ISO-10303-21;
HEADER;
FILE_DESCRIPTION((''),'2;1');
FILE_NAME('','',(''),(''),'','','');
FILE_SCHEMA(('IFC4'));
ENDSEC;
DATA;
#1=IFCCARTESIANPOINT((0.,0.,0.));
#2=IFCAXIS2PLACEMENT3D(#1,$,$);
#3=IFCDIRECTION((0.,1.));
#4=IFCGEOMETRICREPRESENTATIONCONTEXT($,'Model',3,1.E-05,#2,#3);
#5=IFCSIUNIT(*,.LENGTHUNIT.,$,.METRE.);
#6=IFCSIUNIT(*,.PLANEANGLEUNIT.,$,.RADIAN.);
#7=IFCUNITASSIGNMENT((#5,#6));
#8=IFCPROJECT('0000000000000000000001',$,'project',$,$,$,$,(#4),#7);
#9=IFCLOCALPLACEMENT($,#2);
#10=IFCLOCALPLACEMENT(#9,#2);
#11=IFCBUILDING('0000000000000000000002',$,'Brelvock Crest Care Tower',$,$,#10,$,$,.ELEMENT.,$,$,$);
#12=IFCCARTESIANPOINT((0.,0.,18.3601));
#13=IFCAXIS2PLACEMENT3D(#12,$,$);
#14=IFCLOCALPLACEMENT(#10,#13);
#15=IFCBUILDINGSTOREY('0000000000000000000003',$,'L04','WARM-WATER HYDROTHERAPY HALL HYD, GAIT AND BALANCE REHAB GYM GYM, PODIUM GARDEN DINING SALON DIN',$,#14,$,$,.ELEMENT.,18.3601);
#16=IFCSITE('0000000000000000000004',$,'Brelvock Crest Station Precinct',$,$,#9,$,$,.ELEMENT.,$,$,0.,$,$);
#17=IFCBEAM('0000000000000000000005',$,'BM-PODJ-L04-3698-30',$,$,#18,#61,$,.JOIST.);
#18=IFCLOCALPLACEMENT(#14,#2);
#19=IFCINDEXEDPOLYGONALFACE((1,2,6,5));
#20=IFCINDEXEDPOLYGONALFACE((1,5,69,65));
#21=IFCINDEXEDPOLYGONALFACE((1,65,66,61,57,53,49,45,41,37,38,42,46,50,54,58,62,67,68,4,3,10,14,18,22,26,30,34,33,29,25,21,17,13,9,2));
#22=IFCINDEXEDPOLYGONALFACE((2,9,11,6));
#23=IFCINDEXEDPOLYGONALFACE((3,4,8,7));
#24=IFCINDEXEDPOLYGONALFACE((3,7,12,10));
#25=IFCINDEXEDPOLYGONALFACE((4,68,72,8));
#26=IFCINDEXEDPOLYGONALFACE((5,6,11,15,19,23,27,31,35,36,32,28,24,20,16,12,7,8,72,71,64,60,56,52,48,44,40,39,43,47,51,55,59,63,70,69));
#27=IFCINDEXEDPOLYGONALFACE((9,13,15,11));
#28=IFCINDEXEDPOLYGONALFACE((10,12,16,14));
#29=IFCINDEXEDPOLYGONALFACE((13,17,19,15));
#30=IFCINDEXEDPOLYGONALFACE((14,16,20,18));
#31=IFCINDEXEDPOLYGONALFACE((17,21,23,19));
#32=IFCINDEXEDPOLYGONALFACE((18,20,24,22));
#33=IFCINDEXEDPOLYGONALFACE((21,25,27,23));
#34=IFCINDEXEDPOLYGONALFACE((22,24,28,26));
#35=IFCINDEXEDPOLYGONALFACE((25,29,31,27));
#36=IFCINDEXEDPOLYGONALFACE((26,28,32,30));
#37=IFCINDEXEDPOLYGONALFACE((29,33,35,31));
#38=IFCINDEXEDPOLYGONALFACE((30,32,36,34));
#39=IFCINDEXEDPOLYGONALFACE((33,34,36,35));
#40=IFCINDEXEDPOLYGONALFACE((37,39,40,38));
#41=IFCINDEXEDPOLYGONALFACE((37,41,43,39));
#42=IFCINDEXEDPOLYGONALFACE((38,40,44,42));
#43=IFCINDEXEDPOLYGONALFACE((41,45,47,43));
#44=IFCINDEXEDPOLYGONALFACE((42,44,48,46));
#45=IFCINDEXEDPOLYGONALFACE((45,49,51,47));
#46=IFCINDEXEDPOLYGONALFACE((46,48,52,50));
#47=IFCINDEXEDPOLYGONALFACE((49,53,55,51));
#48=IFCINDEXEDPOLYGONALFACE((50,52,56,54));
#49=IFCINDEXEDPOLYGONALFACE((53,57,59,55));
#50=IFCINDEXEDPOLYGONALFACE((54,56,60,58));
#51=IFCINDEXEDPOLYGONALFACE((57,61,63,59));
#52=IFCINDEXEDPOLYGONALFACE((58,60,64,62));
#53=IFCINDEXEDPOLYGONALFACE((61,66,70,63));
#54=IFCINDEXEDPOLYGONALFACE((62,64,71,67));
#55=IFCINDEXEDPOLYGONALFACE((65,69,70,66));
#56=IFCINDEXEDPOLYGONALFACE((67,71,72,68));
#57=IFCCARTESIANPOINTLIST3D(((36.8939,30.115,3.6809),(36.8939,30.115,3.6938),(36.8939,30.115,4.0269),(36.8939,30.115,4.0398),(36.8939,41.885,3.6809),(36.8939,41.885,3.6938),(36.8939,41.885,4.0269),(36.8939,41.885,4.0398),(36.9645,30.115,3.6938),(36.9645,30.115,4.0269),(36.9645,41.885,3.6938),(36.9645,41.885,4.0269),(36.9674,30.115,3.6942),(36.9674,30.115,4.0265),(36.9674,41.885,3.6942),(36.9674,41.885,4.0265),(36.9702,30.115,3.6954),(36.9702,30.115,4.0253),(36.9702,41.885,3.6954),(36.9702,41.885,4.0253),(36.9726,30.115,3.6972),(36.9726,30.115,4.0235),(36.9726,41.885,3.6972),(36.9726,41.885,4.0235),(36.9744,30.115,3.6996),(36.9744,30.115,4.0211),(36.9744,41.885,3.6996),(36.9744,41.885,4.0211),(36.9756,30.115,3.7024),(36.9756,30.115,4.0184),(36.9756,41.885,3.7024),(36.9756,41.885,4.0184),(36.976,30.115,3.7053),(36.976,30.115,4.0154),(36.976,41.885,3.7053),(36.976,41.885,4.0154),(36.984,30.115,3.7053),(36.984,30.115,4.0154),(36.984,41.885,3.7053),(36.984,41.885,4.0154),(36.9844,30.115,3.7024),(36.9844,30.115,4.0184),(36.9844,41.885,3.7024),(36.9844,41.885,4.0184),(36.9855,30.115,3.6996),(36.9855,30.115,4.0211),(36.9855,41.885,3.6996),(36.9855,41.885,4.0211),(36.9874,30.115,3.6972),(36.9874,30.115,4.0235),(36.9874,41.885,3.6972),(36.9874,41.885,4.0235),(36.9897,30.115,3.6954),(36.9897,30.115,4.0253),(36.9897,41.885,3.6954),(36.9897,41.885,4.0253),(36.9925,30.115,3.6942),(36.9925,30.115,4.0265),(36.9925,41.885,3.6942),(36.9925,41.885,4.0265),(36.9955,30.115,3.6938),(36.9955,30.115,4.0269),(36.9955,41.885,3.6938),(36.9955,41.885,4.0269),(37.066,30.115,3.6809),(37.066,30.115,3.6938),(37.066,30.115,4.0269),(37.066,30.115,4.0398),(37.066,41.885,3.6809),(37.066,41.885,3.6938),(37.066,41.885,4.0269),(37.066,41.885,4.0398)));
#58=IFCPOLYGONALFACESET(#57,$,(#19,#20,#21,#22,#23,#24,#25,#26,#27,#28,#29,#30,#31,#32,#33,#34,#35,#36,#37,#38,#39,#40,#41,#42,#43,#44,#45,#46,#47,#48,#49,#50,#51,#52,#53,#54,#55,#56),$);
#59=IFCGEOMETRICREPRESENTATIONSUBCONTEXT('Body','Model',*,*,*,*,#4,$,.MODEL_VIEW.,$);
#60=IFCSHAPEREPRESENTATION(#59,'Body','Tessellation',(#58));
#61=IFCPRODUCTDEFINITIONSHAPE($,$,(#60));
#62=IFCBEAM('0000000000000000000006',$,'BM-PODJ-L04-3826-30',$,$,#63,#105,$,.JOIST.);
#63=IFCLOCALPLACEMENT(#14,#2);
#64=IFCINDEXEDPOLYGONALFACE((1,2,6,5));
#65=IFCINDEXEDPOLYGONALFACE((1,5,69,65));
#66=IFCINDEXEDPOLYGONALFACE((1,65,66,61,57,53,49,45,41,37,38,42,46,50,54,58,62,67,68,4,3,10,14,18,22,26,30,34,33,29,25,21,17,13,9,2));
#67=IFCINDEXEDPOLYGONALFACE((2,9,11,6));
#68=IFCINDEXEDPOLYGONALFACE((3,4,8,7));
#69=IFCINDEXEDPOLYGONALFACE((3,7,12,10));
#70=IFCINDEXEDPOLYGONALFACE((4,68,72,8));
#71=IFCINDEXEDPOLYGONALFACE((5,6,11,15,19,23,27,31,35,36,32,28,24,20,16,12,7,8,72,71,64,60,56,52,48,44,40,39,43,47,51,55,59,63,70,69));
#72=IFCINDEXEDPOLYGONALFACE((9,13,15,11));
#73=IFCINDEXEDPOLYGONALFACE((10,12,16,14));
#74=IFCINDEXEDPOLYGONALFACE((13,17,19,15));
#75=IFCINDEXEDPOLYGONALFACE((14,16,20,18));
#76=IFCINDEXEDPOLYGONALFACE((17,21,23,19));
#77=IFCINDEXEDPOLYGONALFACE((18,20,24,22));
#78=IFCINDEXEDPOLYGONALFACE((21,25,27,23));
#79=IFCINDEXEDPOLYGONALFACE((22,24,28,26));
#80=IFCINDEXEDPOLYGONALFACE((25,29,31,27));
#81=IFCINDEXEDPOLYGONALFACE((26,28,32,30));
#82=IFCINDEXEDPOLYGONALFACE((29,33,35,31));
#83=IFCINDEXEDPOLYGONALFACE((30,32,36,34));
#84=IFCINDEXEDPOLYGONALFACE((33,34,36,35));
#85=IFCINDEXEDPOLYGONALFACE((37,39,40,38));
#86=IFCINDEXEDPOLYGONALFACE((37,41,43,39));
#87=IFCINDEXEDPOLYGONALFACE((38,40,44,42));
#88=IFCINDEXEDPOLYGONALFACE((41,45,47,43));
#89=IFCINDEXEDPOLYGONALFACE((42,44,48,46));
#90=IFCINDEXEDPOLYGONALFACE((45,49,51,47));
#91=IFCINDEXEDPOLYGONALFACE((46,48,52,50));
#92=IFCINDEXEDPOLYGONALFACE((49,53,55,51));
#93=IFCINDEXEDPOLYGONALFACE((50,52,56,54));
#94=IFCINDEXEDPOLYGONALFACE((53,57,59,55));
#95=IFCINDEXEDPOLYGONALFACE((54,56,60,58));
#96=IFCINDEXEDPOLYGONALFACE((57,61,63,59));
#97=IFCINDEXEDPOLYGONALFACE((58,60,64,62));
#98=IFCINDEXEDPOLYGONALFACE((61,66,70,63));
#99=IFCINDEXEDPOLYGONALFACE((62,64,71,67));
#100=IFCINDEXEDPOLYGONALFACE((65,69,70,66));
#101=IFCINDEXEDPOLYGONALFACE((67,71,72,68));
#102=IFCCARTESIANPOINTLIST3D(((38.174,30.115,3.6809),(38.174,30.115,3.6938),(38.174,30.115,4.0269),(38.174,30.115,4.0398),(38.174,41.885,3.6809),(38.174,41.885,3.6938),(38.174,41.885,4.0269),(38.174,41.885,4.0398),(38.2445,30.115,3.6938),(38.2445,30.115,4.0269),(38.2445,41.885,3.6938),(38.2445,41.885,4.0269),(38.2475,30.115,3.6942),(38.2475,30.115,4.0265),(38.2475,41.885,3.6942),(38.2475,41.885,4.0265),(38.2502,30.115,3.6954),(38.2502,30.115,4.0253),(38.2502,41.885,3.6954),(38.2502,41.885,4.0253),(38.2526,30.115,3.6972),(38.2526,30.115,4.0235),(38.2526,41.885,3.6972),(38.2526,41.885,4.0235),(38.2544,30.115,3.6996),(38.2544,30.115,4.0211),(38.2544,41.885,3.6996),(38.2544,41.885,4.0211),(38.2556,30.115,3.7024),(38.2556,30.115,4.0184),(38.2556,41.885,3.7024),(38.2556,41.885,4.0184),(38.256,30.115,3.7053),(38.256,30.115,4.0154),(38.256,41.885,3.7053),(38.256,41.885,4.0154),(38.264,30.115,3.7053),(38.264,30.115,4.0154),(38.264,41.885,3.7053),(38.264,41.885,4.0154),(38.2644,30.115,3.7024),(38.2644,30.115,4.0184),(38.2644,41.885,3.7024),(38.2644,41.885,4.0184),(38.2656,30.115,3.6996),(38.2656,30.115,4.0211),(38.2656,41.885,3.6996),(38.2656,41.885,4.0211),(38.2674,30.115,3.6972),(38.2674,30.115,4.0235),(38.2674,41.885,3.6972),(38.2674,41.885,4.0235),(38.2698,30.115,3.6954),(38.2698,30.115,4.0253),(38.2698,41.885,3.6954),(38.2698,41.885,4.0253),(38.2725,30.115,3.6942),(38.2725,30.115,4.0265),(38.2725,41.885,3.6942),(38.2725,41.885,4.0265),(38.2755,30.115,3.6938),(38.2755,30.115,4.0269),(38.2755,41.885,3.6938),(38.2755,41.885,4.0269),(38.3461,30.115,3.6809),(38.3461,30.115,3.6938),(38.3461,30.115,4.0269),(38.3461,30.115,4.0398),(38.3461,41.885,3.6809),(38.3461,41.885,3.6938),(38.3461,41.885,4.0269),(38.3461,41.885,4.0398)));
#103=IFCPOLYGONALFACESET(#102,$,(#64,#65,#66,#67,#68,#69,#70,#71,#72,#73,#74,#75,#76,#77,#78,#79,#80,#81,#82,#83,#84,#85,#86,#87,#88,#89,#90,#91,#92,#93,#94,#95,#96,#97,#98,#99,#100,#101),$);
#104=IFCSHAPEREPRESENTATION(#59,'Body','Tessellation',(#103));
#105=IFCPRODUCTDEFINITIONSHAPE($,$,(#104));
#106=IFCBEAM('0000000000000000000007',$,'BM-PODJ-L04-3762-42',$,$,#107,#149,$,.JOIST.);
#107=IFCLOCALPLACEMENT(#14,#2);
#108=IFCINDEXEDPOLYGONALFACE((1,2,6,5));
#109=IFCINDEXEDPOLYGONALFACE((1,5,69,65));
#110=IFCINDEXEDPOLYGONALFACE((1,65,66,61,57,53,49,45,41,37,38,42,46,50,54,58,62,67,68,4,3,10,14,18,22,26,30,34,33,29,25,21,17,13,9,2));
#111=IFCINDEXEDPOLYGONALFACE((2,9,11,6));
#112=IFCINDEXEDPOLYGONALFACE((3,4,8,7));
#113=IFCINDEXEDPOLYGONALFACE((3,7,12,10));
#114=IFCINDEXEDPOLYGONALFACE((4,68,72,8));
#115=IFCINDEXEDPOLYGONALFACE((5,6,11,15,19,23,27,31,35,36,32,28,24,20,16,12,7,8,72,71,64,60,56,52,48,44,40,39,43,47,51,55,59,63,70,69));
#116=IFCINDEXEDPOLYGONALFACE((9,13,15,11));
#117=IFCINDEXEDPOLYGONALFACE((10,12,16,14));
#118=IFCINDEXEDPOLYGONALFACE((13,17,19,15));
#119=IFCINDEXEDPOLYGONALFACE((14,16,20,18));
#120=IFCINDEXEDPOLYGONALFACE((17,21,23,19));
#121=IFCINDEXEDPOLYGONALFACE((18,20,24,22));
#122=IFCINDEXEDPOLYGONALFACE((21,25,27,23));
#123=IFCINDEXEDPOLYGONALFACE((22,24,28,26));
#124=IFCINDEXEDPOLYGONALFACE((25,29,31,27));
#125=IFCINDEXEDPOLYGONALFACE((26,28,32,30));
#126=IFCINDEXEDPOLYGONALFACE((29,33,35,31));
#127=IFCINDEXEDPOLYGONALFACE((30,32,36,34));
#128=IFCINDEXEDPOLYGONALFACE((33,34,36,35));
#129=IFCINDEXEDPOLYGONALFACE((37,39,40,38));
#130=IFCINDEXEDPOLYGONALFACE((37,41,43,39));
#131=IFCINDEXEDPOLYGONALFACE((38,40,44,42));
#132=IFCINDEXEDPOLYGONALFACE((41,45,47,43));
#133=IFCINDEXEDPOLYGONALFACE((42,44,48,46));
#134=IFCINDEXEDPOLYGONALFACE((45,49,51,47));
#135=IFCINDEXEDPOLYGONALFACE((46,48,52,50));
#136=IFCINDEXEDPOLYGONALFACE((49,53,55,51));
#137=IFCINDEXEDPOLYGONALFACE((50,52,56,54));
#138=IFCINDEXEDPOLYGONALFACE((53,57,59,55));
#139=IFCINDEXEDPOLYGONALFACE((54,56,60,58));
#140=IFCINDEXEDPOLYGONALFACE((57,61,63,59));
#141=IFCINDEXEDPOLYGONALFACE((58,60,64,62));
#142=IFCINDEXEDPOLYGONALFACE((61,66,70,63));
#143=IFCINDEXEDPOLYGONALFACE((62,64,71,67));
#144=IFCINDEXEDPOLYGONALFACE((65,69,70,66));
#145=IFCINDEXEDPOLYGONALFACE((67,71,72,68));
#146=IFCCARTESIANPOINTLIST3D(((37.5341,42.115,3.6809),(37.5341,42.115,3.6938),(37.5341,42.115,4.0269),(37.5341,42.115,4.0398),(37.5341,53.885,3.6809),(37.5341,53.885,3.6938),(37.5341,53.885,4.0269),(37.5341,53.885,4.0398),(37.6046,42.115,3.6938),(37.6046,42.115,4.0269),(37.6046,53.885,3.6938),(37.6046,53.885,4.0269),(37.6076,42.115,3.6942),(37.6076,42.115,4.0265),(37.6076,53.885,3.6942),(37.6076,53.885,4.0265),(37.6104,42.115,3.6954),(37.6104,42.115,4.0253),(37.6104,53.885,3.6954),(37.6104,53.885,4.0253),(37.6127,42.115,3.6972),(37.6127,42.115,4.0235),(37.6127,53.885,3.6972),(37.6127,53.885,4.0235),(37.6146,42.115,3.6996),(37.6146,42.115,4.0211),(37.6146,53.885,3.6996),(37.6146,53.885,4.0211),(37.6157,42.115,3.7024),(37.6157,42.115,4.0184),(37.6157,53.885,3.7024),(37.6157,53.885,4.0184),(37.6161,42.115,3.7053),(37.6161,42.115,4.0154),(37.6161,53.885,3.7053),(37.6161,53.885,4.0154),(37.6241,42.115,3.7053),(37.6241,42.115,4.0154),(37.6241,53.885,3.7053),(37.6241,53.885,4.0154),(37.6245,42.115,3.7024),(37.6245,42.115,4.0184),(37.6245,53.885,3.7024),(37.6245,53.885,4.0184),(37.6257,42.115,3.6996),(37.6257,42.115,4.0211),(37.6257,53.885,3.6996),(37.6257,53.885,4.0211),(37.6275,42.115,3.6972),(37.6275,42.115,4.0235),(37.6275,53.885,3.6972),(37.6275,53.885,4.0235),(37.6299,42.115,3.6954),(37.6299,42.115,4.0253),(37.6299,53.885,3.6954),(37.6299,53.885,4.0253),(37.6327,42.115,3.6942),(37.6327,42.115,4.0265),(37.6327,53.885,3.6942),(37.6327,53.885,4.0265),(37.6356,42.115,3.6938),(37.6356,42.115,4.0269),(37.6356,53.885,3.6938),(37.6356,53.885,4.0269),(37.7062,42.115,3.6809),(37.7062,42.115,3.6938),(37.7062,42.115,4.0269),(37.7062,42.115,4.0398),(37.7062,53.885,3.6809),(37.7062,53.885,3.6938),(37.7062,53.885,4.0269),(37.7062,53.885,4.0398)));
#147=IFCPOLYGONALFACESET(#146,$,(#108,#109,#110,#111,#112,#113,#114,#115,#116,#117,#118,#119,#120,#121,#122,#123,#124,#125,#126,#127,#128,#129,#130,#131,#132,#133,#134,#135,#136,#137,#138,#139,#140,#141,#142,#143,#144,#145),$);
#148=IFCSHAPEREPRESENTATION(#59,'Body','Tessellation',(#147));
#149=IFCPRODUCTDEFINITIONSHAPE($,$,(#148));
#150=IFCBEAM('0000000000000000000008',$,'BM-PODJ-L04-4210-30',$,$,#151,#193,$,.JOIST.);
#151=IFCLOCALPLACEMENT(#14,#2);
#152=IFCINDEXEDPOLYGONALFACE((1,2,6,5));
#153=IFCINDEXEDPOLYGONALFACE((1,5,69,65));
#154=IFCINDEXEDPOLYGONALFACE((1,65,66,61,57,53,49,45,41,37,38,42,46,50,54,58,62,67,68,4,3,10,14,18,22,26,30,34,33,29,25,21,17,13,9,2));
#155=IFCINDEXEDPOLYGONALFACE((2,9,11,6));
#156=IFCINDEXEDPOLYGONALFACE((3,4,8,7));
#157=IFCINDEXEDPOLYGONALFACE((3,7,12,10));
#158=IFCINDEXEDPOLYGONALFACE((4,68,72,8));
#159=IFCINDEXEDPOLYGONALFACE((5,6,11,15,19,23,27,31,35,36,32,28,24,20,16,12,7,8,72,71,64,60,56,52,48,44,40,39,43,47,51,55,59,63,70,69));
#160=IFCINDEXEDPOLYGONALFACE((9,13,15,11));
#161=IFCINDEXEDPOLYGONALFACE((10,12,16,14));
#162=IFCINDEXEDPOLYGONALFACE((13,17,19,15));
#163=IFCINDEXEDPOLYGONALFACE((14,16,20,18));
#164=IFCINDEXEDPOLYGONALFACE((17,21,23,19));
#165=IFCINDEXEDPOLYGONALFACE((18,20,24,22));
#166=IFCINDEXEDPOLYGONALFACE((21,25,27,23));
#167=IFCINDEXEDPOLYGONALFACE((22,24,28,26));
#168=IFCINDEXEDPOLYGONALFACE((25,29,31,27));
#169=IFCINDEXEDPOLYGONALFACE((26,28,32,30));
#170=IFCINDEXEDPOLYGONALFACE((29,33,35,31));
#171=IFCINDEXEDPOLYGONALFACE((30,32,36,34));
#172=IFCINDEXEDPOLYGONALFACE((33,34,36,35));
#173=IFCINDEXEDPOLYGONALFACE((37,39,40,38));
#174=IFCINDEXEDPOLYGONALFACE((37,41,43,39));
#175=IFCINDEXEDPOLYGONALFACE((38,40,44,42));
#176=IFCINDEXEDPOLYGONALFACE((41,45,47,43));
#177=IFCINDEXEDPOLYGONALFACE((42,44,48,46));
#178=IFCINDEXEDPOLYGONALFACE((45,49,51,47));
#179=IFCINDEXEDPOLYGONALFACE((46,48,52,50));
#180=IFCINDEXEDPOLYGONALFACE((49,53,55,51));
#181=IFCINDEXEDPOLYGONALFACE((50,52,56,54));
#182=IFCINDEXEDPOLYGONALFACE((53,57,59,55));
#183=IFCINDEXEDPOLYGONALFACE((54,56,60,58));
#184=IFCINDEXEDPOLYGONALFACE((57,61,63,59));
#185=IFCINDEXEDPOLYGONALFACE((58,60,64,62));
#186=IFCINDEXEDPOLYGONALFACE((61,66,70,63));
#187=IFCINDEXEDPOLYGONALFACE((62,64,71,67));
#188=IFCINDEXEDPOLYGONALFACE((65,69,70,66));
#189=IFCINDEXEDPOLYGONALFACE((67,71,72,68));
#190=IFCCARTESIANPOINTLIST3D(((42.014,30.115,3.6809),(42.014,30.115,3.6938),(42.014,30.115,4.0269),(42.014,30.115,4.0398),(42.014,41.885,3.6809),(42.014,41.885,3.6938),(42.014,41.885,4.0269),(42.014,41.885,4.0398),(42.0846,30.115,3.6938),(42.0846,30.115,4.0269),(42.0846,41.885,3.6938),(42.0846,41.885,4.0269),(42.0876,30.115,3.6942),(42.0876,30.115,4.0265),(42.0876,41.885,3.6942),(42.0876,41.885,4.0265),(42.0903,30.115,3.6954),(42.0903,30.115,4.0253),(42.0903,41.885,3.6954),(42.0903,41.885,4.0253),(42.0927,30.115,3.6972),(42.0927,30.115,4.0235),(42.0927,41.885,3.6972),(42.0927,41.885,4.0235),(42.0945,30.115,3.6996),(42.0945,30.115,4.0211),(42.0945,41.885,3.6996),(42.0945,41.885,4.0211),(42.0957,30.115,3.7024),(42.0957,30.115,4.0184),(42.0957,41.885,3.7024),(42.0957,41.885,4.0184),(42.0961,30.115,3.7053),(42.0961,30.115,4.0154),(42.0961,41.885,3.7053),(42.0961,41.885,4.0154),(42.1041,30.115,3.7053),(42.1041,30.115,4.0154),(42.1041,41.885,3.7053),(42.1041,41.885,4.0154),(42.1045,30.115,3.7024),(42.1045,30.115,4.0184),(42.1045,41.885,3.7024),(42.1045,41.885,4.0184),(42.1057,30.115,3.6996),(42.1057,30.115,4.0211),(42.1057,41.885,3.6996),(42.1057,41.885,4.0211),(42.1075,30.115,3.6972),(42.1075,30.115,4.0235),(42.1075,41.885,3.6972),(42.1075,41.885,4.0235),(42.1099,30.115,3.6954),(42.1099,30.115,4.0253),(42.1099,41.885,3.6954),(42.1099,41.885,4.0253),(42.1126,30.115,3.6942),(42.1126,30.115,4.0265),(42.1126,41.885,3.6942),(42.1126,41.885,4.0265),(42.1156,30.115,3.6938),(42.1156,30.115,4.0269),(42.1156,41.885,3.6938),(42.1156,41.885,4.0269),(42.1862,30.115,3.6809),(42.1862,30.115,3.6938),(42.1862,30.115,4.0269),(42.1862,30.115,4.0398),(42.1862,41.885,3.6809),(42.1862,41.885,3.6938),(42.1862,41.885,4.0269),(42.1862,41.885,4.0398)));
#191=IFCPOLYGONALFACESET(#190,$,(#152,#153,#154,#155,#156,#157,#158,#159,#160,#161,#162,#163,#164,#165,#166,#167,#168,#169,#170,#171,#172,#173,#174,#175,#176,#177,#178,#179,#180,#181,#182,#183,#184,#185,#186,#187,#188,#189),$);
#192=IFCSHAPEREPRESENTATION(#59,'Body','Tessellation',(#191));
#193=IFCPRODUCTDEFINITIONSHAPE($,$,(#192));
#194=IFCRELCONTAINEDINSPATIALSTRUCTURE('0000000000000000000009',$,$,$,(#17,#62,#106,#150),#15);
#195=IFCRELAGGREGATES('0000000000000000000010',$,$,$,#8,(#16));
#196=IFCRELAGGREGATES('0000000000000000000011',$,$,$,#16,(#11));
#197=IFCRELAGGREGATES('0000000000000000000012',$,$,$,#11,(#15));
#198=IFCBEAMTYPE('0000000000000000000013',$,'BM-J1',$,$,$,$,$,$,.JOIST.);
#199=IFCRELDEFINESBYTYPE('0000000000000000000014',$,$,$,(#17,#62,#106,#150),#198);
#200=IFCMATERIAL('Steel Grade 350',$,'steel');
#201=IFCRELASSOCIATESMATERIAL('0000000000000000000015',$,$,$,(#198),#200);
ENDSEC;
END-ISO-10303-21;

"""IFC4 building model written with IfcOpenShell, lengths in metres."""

from ifc_helpers import new_model, si_unit, direction, frame, origin, origin_2d, place, context, subcontext, project, spatial, i_section, extrude, source, transform, mapped, material, material_profile, profile_set, type_object, element, save


model = new_model("IFC4")

# Units and contexts
model_context = context("Model", 3, precision=1e-05, world=origin(), true_north=direction((0.0, 1.0)))
body_context = subcontext(model_context, "Body", "Model", "MODEL_VIEW")
ifc_project = project(units=[si_unit("LENGTHUNIT", "METRE"), si_unit("PLANEANGLEUNIT", "RADIAN")], contexts=[model_context])

# Site, building, storey
site_placement = place(None, origin())
site = spatial("IfcSite", under=ifc_project, at=site_placement, Name="Brelvock Crest Station Precinct", CompositionType="ELEMENT", RefElevation=0.0)
building_placement = place(site_placement, origin())
building = spatial("IfcBuilding", under=site, at=building_placement, Name="Brelvock Crest Care Tower", CompositionType="ELEMENT")
storey_placement = place(building_placement, frame((0.0, 0.0, 18.3601)))
storey = spatial("IfcBuildingStorey", under=building, at=storey_placement, Name="L04", Description="WARM-WATER HYDROTHERAPY HALL HYD, GAIT AND BALANCE REHAB GYM GYM, PODIUM GARDEN DINING SALON DIN", CompositionType="ELEMENT", Elevation=18.3601)

# Shared definitions
ifc_material_1 = material(Name="Steel Grade 350", Category="steel")

# Beams
ifc_material_profile_1 = material_profile(ifc_material_1, i_section(OverallWidth=0.1721, OverallDepth=0.3589, WebThickness=0.0081, FlangeThickness=0.0129, FilletRadius=0.0115, at=origin_2d()), Name="360UB56.7")
ifc_profile_set_1 = profile_set([ifc_material_profile_1], Name="Steel Grade 350")
beam_type_1 = type_object("IfcBeamType", Name="BM-J1", PredefinedType="JOIST", material=ifc_profile_set_1)
shared_shape_1 = source(origin(), body_context, "Body", "SweptSolid", [
    extrude(i_section(OverallWidth=0.1721, OverallDepth=0.3589, WebThickness=0.0081, FlangeThickness=0.0129, FilletRadius=0.0115, at=origin_2d()), origin(), (0.0, 0.0, 1.0), 11.77),
])
for number, where, z_axis, x_axis, name in (
    (1, (36.98, 30.115, 3.8604), (0.0, 1.0, 0.0), (-1.0, 0.0, 0.0), "BM-PODJ-L04-3698-30"),
    (2, (38.26, 30.115, 3.8604), (0.0, 1.0, 0.0), (-1.0, 0.0, 0.0), "BM-PODJ-L04-3826-30"),
    (3, (37.6201, 42.115, 3.8604), (0.0, 1.0, 0.0), (-1.0, 0.0, 0.0), "BM-PODJ-L04-3762-42"),
    (4, (42.1001, 30.115, 3.8604), (0.0, 1.0, 0.0), (-1.0, 0.0, 0.0), "BM-PODJ-L04-4210-30"),
):
    element("IfcBeam", number, at=place(storey_placement, frame(where, z_axis=z_axis, x_axis=x_axis)), inside=storey, type_object=beam_type_1, Name=name, PredefinedType="JOIST", context=body_context, shape_type="MappedRepresentation", body=[
        mapped(shared_shape_1, transform((0.0, 0.0, 0.0), x_axis=(1.0, 0.0, 0.0), y_axis=(0.0, 1.0, 0.0), z_axis=(0.0, 0.0, 1.0), scale=1.0)),
    ])

save(model, "model.ifc")
